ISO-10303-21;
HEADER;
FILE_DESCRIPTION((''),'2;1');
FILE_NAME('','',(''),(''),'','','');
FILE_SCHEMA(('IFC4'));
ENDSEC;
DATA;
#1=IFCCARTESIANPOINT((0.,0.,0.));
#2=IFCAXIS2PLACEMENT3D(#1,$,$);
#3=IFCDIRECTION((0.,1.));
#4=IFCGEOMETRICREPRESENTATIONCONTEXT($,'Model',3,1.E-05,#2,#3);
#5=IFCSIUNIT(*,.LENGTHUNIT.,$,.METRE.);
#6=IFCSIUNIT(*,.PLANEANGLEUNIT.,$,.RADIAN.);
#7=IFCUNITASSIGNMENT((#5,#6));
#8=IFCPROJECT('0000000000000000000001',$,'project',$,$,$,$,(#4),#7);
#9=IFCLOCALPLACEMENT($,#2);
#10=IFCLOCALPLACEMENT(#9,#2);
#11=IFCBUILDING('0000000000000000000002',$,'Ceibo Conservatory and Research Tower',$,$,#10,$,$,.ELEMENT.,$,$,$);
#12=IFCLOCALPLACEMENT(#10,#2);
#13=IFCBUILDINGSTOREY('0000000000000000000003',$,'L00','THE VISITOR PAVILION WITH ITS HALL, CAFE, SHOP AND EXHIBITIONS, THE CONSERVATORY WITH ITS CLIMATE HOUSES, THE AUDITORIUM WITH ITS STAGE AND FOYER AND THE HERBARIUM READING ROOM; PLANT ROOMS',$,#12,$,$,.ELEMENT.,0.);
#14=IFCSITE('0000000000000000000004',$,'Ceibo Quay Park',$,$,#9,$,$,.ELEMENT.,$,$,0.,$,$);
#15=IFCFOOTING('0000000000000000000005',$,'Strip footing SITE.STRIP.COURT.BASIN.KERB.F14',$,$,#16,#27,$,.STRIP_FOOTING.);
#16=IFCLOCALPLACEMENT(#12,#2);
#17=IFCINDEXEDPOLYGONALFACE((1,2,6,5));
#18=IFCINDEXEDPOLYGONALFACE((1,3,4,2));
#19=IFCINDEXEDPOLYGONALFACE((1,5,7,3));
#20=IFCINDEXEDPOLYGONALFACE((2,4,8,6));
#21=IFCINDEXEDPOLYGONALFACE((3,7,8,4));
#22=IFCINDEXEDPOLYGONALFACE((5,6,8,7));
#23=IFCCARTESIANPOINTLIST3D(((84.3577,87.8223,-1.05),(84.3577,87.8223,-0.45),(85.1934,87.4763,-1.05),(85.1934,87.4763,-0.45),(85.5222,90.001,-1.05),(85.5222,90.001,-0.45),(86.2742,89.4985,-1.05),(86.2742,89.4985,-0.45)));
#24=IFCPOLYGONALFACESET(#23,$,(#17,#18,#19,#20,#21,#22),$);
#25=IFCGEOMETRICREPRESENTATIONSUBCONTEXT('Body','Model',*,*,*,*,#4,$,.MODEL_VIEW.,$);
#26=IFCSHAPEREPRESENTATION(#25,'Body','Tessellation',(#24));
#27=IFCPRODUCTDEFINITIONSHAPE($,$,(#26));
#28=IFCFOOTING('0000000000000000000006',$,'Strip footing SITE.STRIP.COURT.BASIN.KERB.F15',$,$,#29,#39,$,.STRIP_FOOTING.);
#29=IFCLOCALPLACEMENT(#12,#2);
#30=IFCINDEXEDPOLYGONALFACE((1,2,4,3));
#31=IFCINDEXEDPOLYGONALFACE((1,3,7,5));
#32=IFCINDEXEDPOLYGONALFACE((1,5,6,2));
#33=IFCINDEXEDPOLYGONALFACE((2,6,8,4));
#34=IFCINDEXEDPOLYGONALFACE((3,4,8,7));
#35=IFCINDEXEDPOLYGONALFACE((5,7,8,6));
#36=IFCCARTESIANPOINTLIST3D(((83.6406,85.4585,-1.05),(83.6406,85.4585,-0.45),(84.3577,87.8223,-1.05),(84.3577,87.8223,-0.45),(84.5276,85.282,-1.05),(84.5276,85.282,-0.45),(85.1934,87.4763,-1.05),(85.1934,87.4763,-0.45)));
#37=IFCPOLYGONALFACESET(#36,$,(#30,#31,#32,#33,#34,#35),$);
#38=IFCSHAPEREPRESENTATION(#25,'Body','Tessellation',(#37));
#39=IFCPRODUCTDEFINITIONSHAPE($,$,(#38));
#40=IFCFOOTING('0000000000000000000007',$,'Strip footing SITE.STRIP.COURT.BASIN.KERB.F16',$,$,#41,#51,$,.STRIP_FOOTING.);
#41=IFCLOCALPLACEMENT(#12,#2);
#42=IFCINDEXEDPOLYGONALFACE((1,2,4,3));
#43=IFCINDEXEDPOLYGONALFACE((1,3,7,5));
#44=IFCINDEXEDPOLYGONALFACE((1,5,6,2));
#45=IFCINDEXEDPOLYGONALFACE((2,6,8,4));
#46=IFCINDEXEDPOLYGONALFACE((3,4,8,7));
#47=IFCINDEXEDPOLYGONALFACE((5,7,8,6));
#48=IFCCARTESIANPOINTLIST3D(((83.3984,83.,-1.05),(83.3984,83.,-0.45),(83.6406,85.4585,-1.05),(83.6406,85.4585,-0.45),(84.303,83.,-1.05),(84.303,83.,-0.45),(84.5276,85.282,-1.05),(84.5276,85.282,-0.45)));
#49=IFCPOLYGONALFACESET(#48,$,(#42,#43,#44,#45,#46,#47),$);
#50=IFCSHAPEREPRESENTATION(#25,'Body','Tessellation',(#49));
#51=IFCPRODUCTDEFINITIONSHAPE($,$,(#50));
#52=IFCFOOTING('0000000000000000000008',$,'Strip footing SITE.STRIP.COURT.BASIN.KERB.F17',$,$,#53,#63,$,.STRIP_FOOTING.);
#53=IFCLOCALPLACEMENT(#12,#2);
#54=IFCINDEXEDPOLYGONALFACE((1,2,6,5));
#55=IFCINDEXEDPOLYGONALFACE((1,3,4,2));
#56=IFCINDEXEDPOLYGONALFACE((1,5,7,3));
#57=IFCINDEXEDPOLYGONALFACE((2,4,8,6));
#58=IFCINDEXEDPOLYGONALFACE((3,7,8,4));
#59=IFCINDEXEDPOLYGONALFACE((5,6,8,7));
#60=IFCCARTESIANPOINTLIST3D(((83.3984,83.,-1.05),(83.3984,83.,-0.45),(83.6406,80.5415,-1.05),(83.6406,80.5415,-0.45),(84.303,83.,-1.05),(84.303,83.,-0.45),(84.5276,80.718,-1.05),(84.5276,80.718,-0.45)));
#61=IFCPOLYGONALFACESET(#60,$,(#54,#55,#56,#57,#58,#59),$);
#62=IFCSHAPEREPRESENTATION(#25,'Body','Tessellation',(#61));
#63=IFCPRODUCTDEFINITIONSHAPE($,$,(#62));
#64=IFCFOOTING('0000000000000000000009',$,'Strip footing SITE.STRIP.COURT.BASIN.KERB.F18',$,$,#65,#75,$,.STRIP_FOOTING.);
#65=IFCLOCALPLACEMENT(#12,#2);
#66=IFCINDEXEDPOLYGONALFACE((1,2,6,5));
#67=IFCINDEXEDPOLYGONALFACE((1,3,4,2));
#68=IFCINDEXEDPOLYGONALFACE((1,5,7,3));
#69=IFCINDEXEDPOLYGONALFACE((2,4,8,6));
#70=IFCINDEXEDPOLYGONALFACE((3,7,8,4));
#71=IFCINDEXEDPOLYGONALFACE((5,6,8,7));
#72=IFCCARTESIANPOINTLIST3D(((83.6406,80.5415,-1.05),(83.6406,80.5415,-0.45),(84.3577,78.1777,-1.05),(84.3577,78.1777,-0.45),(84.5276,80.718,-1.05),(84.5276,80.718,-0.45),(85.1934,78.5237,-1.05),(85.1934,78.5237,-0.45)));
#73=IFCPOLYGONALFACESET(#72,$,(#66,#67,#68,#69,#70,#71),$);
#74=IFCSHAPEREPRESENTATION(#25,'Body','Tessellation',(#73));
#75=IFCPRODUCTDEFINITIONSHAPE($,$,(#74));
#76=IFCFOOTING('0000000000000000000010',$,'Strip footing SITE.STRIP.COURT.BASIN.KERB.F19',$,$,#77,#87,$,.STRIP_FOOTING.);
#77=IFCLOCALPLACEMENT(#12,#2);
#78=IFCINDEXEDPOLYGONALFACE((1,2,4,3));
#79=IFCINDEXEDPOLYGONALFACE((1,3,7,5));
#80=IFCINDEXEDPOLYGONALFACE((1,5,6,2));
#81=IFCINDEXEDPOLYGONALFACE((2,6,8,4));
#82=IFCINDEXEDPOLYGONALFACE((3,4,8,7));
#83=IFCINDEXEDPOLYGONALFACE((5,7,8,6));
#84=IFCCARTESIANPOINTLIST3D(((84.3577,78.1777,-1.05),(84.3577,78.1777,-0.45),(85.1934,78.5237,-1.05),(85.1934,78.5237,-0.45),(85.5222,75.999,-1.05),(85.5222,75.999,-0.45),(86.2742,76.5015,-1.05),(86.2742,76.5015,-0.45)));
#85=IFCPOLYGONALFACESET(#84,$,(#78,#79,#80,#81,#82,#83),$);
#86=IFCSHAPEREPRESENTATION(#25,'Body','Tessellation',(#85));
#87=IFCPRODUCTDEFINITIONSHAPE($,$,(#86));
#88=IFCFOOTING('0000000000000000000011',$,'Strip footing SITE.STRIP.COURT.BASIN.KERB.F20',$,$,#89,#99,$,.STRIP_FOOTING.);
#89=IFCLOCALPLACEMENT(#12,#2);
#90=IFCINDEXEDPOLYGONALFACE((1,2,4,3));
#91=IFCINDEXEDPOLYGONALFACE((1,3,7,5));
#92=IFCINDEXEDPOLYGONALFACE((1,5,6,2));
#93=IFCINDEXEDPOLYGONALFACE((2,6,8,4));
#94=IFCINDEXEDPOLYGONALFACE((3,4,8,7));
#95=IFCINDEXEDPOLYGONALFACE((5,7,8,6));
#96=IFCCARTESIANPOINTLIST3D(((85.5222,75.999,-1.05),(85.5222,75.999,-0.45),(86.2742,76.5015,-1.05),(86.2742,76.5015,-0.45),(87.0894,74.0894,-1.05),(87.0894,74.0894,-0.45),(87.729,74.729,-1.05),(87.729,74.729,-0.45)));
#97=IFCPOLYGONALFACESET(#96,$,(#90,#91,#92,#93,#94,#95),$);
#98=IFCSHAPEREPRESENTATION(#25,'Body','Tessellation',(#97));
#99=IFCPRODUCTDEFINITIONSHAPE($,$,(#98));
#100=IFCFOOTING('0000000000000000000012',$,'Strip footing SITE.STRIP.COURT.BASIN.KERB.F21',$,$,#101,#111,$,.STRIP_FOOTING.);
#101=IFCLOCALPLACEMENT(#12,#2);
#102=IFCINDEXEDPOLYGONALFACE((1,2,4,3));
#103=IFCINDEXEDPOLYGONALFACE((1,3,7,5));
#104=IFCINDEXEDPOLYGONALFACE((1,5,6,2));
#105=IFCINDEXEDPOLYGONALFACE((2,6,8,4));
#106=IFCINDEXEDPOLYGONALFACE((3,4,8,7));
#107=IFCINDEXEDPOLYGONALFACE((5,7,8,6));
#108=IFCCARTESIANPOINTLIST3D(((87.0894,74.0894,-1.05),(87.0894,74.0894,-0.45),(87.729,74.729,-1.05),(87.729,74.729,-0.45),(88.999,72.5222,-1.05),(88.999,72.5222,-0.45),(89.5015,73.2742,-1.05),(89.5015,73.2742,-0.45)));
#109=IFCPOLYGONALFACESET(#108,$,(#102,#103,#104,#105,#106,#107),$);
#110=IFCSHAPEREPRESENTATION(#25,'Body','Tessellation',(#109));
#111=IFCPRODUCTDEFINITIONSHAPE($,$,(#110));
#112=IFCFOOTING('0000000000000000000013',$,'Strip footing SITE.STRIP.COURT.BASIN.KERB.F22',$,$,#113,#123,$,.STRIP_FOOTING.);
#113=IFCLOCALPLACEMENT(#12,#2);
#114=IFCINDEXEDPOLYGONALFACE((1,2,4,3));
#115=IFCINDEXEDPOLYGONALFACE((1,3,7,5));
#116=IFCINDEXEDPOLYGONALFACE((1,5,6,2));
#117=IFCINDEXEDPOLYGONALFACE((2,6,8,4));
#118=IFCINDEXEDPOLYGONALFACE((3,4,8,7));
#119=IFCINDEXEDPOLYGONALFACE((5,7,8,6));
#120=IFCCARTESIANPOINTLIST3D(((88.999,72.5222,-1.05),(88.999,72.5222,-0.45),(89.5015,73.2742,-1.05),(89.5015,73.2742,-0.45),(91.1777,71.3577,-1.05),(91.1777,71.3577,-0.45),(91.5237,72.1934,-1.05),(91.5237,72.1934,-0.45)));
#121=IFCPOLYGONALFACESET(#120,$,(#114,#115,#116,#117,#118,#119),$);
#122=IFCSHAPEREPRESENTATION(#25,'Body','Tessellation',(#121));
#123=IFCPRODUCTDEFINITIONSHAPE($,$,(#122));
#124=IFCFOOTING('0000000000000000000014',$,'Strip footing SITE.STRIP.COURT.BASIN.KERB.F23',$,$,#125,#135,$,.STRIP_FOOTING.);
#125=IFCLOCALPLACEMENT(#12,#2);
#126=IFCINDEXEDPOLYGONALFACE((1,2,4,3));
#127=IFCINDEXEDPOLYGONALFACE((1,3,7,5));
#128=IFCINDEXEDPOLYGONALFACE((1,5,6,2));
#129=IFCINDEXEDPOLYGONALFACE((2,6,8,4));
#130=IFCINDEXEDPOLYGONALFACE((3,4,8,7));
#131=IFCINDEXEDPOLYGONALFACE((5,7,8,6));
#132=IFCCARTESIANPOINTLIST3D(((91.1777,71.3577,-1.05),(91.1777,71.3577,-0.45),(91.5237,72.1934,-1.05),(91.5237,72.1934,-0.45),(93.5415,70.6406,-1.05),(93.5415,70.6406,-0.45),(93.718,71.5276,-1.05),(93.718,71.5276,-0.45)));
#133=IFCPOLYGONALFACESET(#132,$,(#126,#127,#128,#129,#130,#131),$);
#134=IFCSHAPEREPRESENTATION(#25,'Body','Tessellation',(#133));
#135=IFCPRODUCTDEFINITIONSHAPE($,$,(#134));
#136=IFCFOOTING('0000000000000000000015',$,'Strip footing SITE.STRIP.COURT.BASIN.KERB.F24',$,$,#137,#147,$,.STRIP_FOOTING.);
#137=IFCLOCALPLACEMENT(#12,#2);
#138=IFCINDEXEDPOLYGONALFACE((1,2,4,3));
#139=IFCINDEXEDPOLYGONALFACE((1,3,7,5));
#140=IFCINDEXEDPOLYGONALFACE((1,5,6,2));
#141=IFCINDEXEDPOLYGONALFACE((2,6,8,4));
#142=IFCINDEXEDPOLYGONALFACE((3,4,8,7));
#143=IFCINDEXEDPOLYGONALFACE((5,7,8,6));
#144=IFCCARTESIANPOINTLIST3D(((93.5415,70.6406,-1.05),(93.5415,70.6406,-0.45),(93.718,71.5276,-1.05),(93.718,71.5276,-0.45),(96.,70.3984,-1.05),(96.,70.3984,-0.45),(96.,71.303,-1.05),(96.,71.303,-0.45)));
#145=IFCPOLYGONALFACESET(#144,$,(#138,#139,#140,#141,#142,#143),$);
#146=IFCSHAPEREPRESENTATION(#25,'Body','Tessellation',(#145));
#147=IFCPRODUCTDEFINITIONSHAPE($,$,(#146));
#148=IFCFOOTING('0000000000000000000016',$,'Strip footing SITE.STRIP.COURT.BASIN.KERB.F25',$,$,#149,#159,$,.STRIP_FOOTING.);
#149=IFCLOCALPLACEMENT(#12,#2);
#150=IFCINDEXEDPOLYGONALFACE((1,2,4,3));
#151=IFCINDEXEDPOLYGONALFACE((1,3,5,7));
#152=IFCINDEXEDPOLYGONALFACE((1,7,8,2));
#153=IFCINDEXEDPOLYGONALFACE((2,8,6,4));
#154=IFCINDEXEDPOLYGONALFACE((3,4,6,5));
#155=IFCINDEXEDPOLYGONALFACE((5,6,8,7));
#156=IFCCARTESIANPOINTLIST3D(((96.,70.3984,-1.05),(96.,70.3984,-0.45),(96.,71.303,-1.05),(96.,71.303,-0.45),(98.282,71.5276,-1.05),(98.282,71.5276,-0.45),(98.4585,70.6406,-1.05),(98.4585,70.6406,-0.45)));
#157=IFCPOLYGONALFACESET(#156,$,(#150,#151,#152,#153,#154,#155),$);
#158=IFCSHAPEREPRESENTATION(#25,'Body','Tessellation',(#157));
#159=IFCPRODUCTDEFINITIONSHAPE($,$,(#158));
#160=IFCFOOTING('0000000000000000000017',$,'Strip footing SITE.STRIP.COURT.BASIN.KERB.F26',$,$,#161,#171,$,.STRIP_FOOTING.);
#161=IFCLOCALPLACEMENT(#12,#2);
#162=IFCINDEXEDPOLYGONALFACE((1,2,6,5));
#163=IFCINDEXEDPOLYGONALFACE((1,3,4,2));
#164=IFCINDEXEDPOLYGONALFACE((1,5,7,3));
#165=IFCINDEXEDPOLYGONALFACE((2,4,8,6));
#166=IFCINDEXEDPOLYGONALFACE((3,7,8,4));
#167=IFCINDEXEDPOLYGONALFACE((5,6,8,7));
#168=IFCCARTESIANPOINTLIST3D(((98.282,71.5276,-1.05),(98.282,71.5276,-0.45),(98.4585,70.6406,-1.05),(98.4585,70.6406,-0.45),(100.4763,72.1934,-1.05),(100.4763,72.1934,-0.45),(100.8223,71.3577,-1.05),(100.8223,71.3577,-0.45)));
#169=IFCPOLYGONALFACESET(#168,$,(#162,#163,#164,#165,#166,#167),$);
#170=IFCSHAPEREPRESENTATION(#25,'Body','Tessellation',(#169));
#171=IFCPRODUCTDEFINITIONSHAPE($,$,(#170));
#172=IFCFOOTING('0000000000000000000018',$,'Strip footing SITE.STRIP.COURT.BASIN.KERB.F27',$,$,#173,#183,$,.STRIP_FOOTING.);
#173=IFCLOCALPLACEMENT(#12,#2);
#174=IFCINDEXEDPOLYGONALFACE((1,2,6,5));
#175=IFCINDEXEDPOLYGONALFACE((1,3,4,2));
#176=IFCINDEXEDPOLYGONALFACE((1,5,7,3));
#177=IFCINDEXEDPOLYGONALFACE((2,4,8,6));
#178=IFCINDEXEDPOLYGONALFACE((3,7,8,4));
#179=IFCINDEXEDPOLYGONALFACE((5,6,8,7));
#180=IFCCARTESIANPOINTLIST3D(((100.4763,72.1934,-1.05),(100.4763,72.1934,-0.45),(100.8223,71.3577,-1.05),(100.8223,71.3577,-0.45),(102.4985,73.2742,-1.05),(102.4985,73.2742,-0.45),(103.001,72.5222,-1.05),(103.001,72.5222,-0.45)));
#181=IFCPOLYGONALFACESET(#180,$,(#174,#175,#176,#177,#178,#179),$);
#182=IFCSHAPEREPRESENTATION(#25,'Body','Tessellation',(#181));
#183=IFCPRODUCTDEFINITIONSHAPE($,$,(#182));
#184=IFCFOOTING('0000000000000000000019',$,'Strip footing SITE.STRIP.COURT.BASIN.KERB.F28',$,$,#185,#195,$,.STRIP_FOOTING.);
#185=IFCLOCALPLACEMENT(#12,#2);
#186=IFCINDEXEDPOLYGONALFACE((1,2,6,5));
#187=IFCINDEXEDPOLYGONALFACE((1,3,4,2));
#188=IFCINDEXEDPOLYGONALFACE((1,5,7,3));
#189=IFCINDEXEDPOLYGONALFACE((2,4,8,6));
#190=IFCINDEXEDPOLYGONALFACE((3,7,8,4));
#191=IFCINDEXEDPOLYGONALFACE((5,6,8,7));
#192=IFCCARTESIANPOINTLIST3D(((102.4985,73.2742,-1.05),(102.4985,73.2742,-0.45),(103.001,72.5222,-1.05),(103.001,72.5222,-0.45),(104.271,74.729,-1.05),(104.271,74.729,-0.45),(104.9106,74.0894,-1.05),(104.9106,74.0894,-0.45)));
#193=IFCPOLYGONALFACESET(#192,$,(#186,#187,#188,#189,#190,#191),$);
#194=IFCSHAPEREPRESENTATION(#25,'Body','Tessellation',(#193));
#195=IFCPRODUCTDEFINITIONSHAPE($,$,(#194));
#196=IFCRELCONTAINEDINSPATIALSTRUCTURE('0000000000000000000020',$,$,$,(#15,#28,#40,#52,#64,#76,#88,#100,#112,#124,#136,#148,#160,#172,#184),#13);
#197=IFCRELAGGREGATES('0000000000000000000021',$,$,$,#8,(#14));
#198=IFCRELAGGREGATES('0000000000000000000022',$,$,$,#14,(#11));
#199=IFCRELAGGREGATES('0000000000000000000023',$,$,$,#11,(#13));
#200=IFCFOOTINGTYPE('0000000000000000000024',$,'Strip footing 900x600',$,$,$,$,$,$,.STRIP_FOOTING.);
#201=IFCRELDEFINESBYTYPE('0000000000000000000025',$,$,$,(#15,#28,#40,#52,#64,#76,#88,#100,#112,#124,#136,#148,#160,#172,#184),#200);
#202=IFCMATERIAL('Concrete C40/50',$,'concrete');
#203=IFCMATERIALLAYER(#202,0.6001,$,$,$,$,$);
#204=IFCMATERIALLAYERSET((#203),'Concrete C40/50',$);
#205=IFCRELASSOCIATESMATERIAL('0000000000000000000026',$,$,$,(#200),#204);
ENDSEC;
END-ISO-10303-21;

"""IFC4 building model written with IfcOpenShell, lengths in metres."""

from ifc_helpers import new_model, si_unit, direction, frame, origin, place, context, subcontext, project, spatial, polyline, outline, extrude, material, layer, layer_set, type_object, element, save


model = new_model("IFC4")

# Units and contexts
model_context = context("Model", 3, precision=1e-05, world=origin(), true_north=direction((0.0, 1.0)))
body_context = subcontext(model_context, "Body", "Model", "MODEL_VIEW")
ifc_project = project(units=[si_unit("LENGTHUNIT", "METRE"), si_unit("PLANEANGLEUNIT", "RADIAN")], contexts=[model_context])

# Site, building, storey
site_placement = place(None, origin())
site = spatial("IfcSite", under=ifc_project, at=site_placement, Name="Ceibo Quay Park", CompositionType="ELEMENT", RefElevation=0.0)
building_placement = place(site_placement, origin())
building = spatial("IfcBuilding", under=site, at=building_placement, Name="Ceibo Conservatory and Research Tower", CompositionType="ELEMENT")
storey_placement = place(building_placement, origin())
storey = spatial("IfcBuildingStorey", under=building, at=storey_placement, Name="L00", Description="THE VISITOR PAVILION WITH ITS HALL, CAFE, SHOP AND EXHIBITIONS, THE CONSERVATORY WITH ITS CLIMATE HOUSES, THE AUDITORIUM WITH ITS STAGE AND FOYER AND THE HERBARIUM READING ROOM; PLANT ROOMS", CompositionType="ELEMENT", Elevation=0.0)

# Footings
ifc_material = material(Name="Concrete C40/50", Category="concrete")
ifc_layer_1 = layer(ifc_material, 0.6001)
ifc_layer_set_1 = layer_set([ifc_layer_1], Name="Concrete C40/50")
footing_type_1 = type_object("IfcFootingType", Name="Strip footing 900x600", PredefinedType="STRIP_FOOTING", material=ifc_layer_set_1)
footing_1_placement = place(storey_placement, frame((0.0, 0.0, -1.05)))
element("IfcFooting", 1, at=footing_1_placement, inside=storey, type_object=footing_type_1, Name="Strip footing SITE.STRIP.COURT.BASIN.KERB.F14", PredefinedType="STRIP_FOOTING", context=body_context, shape_type="SweptSolid", body=[
    extrude(outline(polyline([(85.5222, 90.001), (84.3577, 87.8223), (85.1934, 87.4763), (86.2742, 89.4985), (85.5222, 90.001)])), origin(), (0.0, 0.0, 1.0), 0.6001),
])
footing_2_placement = place(storey_placement, frame((0.0, 0.0, -1.05)))
element("IfcFooting", 2, at=footing_2_placement, inside=storey, type_object=footing_type_1, Name="Strip footing SITE.STRIP.COURT.BASIN.KERB.F15", PredefinedType="STRIP_FOOTING", context=body_context, shape_type="SweptSolid", body=[
    extrude(outline(polyline([(84.3577, 87.8223), (83.6406, 85.4585), (84.5276, 85.282), (85.1934, 87.4763), (84.3577, 87.8223)])), origin(), (0.0, 0.0, 1.0), 0.6001),
])
footing_3_placement = place(storey_placement, frame((0.0, 0.0, -1.05)))
element("IfcFooting", 3, at=footing_3_placement, inside=storey, type_object=footing_type_1, Name="Strip footing SITE.STRIP.COURT.BASIN.KERB.F16", PredefinedType="STRIP_FOOTING", context=body_context, shape_type="SweptSolid", body=[
    extrude(outline(polyline([(83.6406, 85.4585), (83.3984, 83.0), (84.303, 83.0), (84.5276, 85.282), (83.6406, 85.4585)])), origin(), (0.0, 0.0, 1.0), 0.6001),
])
footing_4_placement = place(storey_placement, frame((0.0, 0.0, -1.05)))
element("IfcFooting", 4, at=footing_4_placement, inside=storey, type_object=footing_type_1, Name="Strip footing SITE.STRIP.COURT.BASIN.KERB.F17", PredefinedType="STRIP_FOOTING", context=body_context, shape_type="SweptSolid", body=[
    extrude(outline(polyline([(83.3984, 83.0), (83.6406, 80.5415), (84.5276, 80.718), (84.303, 83.0), (83.3984, 83.0)])), origin(), (0.0, 0.0, 1.0), 0.6001),
])
footing_5_placement = place(storey_placement, frame((0.0, 0.0, -1.05)))
element("IfcFooting", 5, at=footing_5_placement, inside=storey, type_object=footing_type_1, Name="Strip footing SITE.STRIP.COURT.BASIN.KERB.F18", PredefinedType="STRIP_FOOTING", context=body_context, shape_type="SweptSolid", body=[
    extrude(outline(polyline([(83.6406, 80.5415), (84.3577, 78.1777), (85.1934, 78.5237), (84.5276, 80.718), (83.6406, 80.5415)])), origin(), (0.0, 0.0, 1.0), 0.6001),
])
footing_6_placement = place(storey_placement, frame((0.0, 0.0, -1.05)))
element("IfcFooting", 6, at=footing_6_placement, inside=storey, type_object=footing_type_1, Name="Strip footing SITE.STRIP.COURT.BASIN.KERB.F19", PredefinedType="STRIP_FOOTING", context=body_context, shape_type="SweptSolid", body=[
    extrude(outline(polyline([(84.3577, 78.1777), (85.5222, 75.999), (86.2742, 76.5015), (85.1934, 78.5237), (84.3577, 78.1777)])), origin(), (0.0, 0.0, 1.0), 0.6001),
])
footing_7_placement = place(storey_placement, frame((0.0, 0.0, -1.05)))
element("IfcFooting", 7, at=footing_7_placement, inside=storey, type_object=footing_type_1, Name="Strip footing SITE.STRIP.COURT.BASIN.KERB.F20", PredefinedType="STRIP_FOOTING", context=body_context, shape_type="SweptSolid", body=[
    extrude(outline(polyline([(85.5222, 75.999), (87.0894, 74.0894), (87.729, 74.729), (86.2742, 76.5015), (85.5222, 75.999)])), origin(), (0.0, 0.0, 1.0), 0.6001),
])
footing_8_placement = place(storey_placement, frame((0.0, 0.0, -1.05)))
element("IfcFooting", 8, at=footing_8_placement, inside=storey, type_object=footing_type_1, Name="Strip footing SITE.STRIP.COURT.BASIN.KERB.F21", PredefinedType="STRIP_FOOTING", context=body_context, shape_type="SweptSolid", body=[
    extrude(outline(polyline([(87.0894, 74.0894), (88.999, 72.5222), (89.5015, 73.2742), (87.729, 74.729), (87.0894, 74.0894)])), origin(), (0.0, 0.0, 1.0), 0.6001),
])
footing_9_placement = place(storey_placement, frame((0.0, 0.0, -1.05)))
element("IfcFooting", 9, at=footing_9_placement, inside=storey, type_object=footing_type_1, Name="Strip footing SITE.STRIP.COURT.BASIN.KERB.F22", PredefinedType="STRIP_FOOTING", context=body_context, shape_type="SweptSolid", body=[
    extrude(outline(polyline([(88.999, 72.5222), (91.1777, 71.3577), (91.5237, 72.1934), (89.5015, 73.2742), (88.999, 72.5222)])), origin(), (0.0, 0.0, 1.0), 0.6001),
])
footing_10_placement = place(storey_placement, frame((0.0, 0.0, -1.05)))
element("IfcFooting", 10, at=footing_10_placement, inside=storey, type_object=footing_type_1, Name="Strip footing SITE.STRIP.COURT.BASIN.KERB.F23", PredefinedType="STRIP_FOOTING", context=body_context, shape_type="SweptSolid", body=[
    extrude(outline(polyline([(91.1777, 71.3577), (93.5415, 70.6406), (93.718, 71.5276), (91.5237, 72.1934), (91.1777, 71.3577)])), origin(), (0.0, 0.0, 1.0), 0.6001),
])
footing_11_placement = place(storey_placement, frame((0.0, 0.0, -1.05)))
element("IfcFooting", 11, at=footing_11_placement, inside=storey, type_object=footing_type_1, Name="Strip footing SITE.STRIP.COURT.BASIN.KERB.F24", PredefinedType="STRIP_FOOTING", context=body_context, shape_type="SweptSolid", body=[
    extrude(outline(polyline([(93.5415, 70.6406), (96.0, 70.3984), (96.0, 71.303), (93.718, 71.5276), (93.5415, 70.6406)])), origin(), (0.0, 0.0, 1.0), 0.6001),
])
footing_12_placement = place(storey_placement, frame((0.0, 0.0, -1.05)))
element("IfcFooting", 12, at=footing_12_placement, inside=storey, type_object=footing_type_1, Name="Strip footing SITE.STRIP.COURT.BASIN.KERB.F25", PredefinedType="STRIP_FOOTING", context=body_context, shape_type="SweptSolid", body=[
    extrude(outline(polyline([(96.0, 70.3984), (98.4585, 70.6406), (98.282, 71.5276), (96.0, 71.303), (96.0, 70.3984)])), origin(), (0.0, 0.0, 1.0), 0.6001),
])
footing_13_placement = place(storey_placement, frame((0.0, 0.0, -1.05)))
element("IfcFooting", 13, at=footing_13_placement, inside=storey, type_object=footing_type_1, Name="Strip footing SITE.STRIP.COURT.BASIN.KERB.F26", PredefinedType="STRIP_FOOTING", context=body_context, shape_type="SweptSolid", body=[
    extrude(outline(polyline([(98.4585, 70.6406), (100.8223, 71.3577), (100.4763, 72.1934), (98.282, 71.5276), (98.4585, 70.6406)])), origin(), (0.0, 0.0, 1.0), 0.6001),
])
footing_14_placement = place(storey_placement, frame((0.0, 0.0, -1.05)))
element("IfcFooting", 14, at=footing_14_placement, inside=storey, type_object=footing_type_1, Name="Strip footing SITE.STRIP.COURT.BASIN.KERB.F27", PredefinedType="STRIP_FOOTING", context=body_context, shape_type="SweptSolid", body=[
    extrude(outline(polyline([(100.8223, 71.3577), (103.001, 72.5222), (102.4985, 73.2742), (100.4763, 72.1934), (100.8223, 71.3577)])), origin(), (0.0, 0.0, 1.0), 0.6001),
])
footing_15_placement = place(storey_placement, frame((0.0, 0.0, -1.05)))
element("IfcFooting", 15, at=footing_15_placement, inside=storey, type_object=footing_type_1, Name="Strip footing SITE.STRIP.COURT.BASIN.KERB.F28", PredefinedType="STRIP_FOOTING", context=body_context, shape_type="SweptSolid", body=[
    extrude(outline(polyline([(103.001, 72.5222), (104.9106, 74.0894), (104.271, 74.729), (102.4985, 73.2742), (103.001, 72.5222)])), origin(), (0.0, 0.0, 1.0), 0.6001),
])

save(model, "model.ifc")
